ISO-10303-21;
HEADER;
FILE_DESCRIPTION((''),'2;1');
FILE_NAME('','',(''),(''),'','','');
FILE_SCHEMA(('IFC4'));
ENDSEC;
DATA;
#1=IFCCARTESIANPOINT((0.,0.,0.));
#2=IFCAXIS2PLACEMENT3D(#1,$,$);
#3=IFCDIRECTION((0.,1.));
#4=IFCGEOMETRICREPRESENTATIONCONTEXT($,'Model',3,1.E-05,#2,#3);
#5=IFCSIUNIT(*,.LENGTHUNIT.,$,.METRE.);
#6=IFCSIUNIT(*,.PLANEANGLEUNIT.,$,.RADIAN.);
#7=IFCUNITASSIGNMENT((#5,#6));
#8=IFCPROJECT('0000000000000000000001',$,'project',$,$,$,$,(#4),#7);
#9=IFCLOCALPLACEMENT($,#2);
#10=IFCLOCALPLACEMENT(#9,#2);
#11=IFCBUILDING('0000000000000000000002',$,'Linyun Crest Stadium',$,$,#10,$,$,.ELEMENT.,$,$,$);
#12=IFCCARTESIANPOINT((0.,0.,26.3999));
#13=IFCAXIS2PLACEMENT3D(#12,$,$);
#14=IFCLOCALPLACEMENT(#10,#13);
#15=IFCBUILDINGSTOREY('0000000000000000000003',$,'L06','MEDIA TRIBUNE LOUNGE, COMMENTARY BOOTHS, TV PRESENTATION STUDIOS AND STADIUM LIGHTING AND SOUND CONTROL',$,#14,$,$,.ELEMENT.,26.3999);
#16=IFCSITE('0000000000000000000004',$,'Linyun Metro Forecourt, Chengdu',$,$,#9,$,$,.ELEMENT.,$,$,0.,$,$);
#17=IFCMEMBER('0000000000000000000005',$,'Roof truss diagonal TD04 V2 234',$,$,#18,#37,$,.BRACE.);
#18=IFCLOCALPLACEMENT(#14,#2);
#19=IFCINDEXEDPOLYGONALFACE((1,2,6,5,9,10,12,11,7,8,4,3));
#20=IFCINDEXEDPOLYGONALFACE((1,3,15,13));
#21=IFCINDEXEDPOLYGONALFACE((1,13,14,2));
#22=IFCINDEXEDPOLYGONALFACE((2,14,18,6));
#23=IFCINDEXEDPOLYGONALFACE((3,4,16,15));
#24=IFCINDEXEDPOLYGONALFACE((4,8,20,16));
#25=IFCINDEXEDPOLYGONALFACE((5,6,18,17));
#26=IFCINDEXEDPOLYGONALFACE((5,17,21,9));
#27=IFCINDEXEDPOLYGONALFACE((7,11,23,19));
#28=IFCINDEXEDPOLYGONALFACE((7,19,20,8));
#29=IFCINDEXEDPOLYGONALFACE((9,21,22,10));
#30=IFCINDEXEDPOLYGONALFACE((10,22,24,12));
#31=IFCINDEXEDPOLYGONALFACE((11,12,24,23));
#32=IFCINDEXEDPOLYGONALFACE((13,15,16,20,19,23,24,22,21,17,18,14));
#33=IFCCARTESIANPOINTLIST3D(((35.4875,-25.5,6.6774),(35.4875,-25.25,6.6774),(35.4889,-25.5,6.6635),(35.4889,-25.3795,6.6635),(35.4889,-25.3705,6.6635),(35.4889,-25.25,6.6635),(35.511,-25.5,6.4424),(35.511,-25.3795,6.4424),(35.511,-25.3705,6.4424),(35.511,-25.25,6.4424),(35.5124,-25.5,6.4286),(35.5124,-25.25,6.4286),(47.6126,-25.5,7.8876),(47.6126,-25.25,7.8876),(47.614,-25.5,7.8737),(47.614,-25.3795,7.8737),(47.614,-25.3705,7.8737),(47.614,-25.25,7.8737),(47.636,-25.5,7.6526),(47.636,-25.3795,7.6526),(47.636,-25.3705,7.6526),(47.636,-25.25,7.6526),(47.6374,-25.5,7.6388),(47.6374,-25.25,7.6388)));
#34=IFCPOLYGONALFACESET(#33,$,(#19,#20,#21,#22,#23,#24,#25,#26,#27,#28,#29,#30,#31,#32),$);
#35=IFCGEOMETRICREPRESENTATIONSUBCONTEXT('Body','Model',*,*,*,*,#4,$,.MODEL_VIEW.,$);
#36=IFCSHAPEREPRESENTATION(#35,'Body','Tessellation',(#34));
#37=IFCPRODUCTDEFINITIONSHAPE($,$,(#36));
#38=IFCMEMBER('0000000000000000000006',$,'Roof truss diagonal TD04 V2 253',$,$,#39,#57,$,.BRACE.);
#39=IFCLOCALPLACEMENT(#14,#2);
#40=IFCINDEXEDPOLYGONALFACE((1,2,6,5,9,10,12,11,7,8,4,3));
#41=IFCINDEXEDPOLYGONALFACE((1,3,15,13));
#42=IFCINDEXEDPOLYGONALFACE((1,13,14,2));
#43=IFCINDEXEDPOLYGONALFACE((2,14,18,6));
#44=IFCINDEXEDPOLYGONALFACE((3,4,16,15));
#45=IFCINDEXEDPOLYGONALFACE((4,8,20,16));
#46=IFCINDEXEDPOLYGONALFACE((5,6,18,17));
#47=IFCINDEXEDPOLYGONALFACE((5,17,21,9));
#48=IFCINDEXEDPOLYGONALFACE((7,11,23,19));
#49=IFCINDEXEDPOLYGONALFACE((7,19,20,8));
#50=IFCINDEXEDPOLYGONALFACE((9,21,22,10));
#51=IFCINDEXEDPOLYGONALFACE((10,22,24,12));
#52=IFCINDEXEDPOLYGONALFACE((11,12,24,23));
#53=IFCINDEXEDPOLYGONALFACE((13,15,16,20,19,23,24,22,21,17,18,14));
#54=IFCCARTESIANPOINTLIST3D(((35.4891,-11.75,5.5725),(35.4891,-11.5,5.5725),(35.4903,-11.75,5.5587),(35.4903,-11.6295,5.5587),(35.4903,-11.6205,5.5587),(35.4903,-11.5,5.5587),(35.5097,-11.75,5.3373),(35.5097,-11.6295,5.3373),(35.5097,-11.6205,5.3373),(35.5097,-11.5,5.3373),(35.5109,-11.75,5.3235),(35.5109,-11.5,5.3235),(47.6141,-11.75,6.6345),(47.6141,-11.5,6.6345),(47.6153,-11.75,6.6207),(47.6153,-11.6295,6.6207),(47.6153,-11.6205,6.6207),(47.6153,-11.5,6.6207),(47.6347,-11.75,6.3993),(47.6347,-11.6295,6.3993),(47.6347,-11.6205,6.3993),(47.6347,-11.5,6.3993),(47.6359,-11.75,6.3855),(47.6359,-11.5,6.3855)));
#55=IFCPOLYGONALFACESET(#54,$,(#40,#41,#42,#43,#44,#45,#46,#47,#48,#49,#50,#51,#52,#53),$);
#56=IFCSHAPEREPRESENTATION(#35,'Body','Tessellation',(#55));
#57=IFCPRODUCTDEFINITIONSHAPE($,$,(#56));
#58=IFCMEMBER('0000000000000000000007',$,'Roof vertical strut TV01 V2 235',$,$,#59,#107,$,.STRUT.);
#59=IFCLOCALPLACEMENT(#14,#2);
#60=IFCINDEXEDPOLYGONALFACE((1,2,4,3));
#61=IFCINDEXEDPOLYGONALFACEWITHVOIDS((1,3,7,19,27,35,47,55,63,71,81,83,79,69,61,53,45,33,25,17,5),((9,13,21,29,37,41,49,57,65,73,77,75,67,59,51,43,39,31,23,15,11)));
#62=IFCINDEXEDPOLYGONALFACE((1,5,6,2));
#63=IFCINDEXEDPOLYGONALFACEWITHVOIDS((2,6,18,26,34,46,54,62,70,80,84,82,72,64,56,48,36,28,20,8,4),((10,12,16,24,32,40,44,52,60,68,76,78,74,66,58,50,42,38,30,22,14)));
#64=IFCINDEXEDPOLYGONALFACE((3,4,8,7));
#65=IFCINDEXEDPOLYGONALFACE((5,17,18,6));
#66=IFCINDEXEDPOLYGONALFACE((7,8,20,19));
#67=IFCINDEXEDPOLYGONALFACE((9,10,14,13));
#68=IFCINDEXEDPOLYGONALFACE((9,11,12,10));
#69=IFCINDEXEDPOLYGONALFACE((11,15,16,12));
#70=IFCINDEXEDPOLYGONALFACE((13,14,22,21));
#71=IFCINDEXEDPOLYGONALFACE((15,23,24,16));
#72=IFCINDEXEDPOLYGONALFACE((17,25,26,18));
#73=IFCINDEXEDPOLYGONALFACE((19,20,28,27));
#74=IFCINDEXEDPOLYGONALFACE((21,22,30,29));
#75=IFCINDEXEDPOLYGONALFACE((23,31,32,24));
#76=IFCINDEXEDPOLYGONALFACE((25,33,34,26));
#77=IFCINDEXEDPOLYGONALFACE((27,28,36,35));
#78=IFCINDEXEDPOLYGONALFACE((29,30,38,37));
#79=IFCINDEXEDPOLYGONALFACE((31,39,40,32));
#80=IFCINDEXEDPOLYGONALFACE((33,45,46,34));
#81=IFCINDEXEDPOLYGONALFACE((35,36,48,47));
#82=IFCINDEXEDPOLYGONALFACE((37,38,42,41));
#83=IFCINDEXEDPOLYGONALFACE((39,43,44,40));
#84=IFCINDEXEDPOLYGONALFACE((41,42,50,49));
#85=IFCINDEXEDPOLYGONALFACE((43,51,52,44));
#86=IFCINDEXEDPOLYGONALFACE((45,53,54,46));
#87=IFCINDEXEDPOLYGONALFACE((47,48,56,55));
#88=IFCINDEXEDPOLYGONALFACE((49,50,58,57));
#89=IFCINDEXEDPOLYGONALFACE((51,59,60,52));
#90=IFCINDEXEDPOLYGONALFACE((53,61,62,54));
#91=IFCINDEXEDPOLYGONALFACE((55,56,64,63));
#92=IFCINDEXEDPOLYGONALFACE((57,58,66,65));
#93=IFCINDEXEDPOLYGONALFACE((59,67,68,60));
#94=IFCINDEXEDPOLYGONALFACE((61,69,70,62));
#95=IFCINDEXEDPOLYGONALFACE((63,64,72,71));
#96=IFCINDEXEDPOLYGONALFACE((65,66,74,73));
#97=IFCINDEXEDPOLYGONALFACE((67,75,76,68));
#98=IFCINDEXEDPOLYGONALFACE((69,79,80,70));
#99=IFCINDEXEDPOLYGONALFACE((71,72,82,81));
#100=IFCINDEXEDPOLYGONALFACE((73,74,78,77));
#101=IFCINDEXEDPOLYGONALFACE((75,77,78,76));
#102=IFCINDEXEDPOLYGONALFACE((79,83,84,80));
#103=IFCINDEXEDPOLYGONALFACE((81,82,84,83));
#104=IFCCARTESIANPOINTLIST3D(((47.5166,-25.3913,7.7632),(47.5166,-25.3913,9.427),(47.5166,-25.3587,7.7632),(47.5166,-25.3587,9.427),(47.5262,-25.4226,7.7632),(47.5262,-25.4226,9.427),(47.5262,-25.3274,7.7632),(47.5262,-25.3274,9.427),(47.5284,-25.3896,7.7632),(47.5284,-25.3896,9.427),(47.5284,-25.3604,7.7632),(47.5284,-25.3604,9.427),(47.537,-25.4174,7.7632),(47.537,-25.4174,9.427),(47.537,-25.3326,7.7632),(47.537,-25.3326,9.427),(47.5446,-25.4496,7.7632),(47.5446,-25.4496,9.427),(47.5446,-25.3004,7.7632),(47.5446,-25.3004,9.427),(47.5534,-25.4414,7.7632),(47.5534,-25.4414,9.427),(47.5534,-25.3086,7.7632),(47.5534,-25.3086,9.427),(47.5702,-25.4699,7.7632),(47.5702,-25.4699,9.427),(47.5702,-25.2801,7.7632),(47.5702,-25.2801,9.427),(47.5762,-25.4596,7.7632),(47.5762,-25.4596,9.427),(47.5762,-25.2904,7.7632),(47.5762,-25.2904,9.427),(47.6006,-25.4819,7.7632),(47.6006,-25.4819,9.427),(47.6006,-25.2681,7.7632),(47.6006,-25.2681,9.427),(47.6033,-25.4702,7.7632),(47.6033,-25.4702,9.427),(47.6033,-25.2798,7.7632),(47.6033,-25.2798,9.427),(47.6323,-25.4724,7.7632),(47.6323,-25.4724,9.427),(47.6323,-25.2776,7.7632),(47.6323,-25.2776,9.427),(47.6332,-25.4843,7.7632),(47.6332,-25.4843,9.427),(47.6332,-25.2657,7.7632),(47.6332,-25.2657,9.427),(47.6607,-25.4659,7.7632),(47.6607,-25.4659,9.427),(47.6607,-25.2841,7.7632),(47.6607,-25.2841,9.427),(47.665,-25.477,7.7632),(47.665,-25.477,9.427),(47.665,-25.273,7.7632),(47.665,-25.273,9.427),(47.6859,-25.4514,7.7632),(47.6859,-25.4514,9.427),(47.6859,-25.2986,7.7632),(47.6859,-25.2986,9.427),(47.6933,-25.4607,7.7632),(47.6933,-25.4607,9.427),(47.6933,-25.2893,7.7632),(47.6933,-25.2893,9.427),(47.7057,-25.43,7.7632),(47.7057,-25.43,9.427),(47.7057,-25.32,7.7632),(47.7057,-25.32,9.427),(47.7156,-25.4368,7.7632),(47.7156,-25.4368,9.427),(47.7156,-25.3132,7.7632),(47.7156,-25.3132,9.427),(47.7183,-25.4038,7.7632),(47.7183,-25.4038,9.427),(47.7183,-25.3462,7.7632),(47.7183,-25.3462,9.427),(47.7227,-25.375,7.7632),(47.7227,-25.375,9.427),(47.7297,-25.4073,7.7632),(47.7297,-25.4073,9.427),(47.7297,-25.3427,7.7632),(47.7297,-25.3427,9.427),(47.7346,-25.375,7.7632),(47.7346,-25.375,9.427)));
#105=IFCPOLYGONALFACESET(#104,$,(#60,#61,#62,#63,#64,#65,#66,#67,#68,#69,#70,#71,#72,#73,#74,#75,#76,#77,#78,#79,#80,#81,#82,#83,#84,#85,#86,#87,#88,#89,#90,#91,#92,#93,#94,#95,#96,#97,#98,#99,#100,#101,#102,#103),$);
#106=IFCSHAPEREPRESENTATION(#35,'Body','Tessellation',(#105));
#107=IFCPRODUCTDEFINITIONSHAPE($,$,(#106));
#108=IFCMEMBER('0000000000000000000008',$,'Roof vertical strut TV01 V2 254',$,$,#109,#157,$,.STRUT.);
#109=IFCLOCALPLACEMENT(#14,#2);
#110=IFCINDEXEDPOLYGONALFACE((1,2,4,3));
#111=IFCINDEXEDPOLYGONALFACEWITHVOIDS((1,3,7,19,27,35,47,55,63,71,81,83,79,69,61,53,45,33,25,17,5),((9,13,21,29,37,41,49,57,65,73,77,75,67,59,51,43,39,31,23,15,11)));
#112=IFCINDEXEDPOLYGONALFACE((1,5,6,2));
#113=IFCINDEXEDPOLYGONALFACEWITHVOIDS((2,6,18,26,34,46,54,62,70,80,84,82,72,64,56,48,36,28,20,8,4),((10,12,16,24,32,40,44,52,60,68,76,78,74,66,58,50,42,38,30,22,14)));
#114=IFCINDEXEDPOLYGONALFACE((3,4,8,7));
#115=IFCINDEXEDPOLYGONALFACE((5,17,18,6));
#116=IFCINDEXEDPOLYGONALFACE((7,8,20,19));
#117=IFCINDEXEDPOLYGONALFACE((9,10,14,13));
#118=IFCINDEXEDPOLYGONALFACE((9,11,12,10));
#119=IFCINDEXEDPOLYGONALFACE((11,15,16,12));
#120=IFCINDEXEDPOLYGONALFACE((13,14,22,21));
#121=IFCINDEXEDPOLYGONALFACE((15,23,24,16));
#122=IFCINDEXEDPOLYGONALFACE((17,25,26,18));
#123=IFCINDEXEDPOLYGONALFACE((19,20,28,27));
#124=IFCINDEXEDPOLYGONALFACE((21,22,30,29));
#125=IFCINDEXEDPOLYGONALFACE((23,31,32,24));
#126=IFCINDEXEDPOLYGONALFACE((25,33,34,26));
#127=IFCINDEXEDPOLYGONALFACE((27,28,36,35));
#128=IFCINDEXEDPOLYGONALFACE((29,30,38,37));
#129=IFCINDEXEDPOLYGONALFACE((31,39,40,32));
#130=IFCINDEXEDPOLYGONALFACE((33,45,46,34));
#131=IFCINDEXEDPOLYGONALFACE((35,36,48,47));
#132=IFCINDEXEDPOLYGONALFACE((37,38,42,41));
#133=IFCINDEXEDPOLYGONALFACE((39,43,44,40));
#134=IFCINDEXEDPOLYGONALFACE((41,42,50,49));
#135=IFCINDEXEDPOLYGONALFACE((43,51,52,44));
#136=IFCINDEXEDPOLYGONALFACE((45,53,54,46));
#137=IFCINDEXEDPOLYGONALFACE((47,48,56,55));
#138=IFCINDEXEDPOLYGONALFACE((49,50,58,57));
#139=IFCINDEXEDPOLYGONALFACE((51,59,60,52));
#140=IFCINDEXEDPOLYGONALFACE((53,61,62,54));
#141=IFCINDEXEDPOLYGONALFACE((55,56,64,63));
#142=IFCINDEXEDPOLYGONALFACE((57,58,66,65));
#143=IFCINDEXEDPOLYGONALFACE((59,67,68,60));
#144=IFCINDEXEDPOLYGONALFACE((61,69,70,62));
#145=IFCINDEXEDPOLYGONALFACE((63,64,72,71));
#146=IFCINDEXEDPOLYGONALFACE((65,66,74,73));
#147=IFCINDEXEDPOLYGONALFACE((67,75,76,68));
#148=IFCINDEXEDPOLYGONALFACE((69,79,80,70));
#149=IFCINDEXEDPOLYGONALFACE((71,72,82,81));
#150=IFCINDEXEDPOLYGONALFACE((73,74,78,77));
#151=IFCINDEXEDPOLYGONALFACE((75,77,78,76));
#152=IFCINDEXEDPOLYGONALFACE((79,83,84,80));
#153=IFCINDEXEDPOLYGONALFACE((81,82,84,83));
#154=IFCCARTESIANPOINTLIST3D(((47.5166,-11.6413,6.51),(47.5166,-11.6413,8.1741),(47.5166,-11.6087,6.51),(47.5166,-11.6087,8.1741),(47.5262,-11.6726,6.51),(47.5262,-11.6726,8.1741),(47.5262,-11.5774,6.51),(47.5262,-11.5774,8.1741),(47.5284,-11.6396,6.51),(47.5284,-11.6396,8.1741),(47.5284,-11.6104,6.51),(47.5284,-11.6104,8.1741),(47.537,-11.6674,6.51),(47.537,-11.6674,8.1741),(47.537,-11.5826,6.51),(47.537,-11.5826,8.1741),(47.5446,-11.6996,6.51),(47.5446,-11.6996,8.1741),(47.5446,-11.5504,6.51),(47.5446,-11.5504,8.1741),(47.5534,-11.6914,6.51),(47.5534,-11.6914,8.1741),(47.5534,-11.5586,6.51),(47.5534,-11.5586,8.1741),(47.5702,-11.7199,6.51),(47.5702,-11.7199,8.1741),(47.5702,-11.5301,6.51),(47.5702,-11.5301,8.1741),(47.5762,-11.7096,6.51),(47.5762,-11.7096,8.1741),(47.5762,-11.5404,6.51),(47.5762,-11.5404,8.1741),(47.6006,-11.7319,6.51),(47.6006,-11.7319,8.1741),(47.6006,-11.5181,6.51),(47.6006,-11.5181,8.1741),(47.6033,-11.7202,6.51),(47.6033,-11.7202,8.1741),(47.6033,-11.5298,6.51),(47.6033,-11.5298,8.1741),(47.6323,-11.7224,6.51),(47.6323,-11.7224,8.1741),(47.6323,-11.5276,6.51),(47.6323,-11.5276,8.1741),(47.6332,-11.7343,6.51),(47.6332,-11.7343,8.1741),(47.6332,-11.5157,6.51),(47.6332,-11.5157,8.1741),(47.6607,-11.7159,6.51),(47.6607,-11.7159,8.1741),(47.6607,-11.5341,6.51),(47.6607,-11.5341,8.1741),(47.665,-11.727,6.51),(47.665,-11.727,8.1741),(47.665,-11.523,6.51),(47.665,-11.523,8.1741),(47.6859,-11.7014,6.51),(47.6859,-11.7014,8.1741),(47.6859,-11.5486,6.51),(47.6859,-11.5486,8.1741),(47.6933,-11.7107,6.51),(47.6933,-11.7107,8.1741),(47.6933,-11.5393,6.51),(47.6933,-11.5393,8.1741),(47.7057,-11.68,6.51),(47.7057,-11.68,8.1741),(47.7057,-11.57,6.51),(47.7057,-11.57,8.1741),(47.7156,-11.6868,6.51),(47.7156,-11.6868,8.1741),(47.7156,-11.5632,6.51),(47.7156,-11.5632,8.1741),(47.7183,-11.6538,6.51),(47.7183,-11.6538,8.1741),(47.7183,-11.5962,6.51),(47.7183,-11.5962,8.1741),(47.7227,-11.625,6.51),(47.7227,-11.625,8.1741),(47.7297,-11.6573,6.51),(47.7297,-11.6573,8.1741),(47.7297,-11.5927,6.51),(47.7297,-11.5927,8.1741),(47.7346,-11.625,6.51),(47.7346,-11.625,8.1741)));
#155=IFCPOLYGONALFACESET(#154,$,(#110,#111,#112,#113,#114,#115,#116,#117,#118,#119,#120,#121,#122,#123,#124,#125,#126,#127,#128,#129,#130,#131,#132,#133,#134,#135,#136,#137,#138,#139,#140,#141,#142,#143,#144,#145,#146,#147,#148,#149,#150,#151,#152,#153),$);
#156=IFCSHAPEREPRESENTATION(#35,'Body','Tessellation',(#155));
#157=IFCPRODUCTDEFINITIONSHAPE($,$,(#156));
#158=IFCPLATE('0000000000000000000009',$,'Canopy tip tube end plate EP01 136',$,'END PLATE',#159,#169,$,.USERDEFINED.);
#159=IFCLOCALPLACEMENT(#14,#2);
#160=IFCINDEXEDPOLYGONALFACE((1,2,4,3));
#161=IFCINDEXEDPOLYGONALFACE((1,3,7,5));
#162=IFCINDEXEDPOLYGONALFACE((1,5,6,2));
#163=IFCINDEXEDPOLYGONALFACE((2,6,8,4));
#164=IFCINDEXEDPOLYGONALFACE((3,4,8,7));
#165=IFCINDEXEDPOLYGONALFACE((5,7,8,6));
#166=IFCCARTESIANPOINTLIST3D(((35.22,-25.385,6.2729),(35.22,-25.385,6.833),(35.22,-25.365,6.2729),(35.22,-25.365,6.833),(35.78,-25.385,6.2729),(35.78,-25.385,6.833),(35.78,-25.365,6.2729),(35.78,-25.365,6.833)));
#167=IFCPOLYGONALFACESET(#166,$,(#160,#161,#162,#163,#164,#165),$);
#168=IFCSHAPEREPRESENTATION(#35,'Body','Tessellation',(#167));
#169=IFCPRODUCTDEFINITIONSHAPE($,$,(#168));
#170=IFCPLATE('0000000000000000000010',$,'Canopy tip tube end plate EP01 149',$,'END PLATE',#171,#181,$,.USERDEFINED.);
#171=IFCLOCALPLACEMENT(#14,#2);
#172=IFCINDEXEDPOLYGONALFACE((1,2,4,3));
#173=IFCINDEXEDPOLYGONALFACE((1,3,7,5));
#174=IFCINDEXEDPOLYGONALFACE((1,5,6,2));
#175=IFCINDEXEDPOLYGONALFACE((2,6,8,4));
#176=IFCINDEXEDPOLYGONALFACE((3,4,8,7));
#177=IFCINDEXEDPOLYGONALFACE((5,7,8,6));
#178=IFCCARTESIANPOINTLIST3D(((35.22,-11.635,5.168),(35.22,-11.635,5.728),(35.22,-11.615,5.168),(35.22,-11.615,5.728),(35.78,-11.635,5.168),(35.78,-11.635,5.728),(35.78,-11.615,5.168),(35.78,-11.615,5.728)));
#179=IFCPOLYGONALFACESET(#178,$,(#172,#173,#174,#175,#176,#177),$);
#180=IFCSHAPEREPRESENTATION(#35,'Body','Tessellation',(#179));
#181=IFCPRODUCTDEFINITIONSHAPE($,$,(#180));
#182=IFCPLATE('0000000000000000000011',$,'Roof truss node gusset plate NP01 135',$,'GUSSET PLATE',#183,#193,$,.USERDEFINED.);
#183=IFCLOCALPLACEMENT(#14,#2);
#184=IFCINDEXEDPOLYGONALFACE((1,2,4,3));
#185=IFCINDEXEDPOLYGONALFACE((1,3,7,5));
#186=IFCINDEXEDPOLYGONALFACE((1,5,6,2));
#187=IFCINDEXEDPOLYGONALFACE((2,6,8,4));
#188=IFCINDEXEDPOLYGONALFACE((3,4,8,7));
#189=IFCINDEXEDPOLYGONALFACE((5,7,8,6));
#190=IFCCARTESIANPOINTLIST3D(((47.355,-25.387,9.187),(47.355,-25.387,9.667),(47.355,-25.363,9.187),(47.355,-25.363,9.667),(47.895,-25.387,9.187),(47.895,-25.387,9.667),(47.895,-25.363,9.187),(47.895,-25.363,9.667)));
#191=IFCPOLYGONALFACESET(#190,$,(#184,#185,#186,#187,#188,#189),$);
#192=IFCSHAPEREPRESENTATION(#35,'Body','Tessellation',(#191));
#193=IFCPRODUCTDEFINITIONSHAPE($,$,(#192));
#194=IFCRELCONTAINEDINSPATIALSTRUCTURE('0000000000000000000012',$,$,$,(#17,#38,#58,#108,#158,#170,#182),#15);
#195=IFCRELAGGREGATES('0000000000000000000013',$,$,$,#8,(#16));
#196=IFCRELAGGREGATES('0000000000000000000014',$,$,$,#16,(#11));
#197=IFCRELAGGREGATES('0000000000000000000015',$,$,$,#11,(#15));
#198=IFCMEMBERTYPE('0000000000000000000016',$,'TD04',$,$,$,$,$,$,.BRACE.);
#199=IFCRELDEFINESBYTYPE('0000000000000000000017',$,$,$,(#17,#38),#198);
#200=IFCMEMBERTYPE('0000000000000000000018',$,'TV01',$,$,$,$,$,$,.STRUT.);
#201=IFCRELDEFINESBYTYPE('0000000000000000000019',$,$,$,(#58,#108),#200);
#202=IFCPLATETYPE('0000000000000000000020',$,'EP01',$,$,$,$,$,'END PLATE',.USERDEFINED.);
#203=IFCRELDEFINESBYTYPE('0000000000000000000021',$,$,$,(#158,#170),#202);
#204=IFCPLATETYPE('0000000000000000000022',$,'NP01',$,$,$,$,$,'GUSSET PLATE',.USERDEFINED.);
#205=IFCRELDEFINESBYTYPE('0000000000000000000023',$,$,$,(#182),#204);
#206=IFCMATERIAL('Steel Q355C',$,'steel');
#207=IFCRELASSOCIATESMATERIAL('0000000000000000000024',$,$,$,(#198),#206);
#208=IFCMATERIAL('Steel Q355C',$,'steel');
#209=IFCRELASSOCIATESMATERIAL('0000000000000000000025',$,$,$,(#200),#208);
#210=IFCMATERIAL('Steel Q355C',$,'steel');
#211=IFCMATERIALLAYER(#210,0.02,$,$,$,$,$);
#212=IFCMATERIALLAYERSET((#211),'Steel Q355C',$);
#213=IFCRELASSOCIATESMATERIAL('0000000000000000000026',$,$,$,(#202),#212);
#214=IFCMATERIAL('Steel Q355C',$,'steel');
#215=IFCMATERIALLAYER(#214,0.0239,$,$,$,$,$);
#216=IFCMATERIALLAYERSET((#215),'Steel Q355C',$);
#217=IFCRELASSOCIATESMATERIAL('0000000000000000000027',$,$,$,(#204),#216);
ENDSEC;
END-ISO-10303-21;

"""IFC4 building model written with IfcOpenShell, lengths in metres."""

from ifc_helpers import new_model, si_unit, direction, frame, origin, origin_2d, place, context, subcontext, project, spatial, rectangle, hollow_circle, i_section, extrude, material, layer, layer_set, material_profile, profile_set, type_object, element, save


model = new_model("IFC4")

# Units and contexts
model_context = context("Model", 3, precision=1e-05, world=origin(), true_north=direction((0.0, 1.0)))
body_context = subcontext(model_context, "Body", "Model", "MODEL_VIEW")
ifc_project = project(units=[si_unit("LENGTHUNIT", "METRE"), si_unit("PLANEANGLEUNIT", "RADIAN")], contexts=[model_context])

# Site, building, storey
site_placement = place(None, origin())
site = spatial("IfcSite", under=ifc_project, at=site_placement, Name="Linyun Metro Forecourt, Chengdu", CompositionType="ELEMENT", RefElevation=0.0)
building_placement = place(site_placement, origin())
building = spatial("IfcBuilding", under=site, at=building_placement, Name="Linyun Crest Stadium", CompositionType="ELEMENT")
storey_placement = place(building_placement, frame((0.0, 0.0, 26.3999)))
storey = spatial("IfcBuildingStorey", under=building, at=storey_placement, Name="L06", Description="MEDIA TRIBUNE LOUNGE, COMMENTARY BOOTHS, TV PRESENTATION STUDIOS AND STADIUM LIGHTING AND SOUND CONTROL", CompositionType="ELEMENT", Elevation=26.3999)

# Members
ifc_material_1 = material(Name="Steel Q355C", Category="steel")
ifc_material_profile_1 = material_profile(ifc_material_1, i_section(OverallWidth=0.25, OverallDepth=0.25, WebThickness=0.009, FlangeThickness=0.0139, at=origin_2d()), Name="HW 250x250")
ifc_profile_set_1 = profile_set([ifc_material_profile_1], Name="Steel Q355C")
member_type_1 = type_object("IfcMemberType", Name="TD04", PredefinedType="BRACE", material=ifc_profile_set_1)
member_1_placement = place(storey_placement, frame((47.625, -25.375, 7.7632), z_axis=(-0.995056, 0.0, -0.099317), x_axis=(0.0, -1.0, 0.0)))
element("IfcMember", 1, at=member_1_placement, inside=storey, type_object=member_type_1, Name="Roof truss diagonal TD04 V2 234", PredefinedType="BRACE", context=body_context, shape_type="SweptSolid", body=[
    extrude(i_section(OverallWidth=0.25, OverallDepth=0.25, WebThickness=0.009, FlangeThickness=0.0139, at=origin_2d()), origin(), (0.0, 0.0, 1.0), 12.1853),
])
member_2_placement = place(storey_placement, frame((47.625, -11.625, 6.51), z_axis=(-0.996186, 0.0, -0.087255), x_axis=(0.0, -1.0, 0.0)))
element("IfcMember", 2, at=member_2_placement, inside=storey, type_object=member_type_1, Name="Roof truss diagonal TD04 V2 253", PredefinedType="BRACE", context=body_context, shape_type="SweptSolid", body=[
    extrude(i_section(OverallWidth=0.25, OverallDepth=0.25, WebThickness=0.009, FlangeThickness=0.0139, at=origin_2d()), origin(), (0.0, 0.0, 1.0), 12.1714),
])
ifc_material_2 = material(Name="Steel Q355C", Category="steel")
ifc_material_profile_2 = material_profile(ifc_material_2, hollow_circle(Radius=0.1096, WallThickness=0.012, at=origin_2d()), Name="CHS 219x12")
ifc_profile_set_2 = profile_set([ifc_material_profile_2], Name="Steel Q355C")
member_type_2 = type_object("IfcMemberType", Name="TV01", PredefinedType="STRUT", material=ifc_profile_set_2)
member_3_placement = place(storey_placement, frame((47.625, -25.375, 7.7632), z_axis=(0.0, 0.0, 1.0), x_axis=(1.0, 0.0, 0.0)))
element("IfcMember", 3, at=member_3_placement, inside=storey, type_object=member_type_2, Name="Roof vertical strut TV01 V2 235", PredefinedType="STRUT", context=body_context, shape_type="SweptSolid", body=[
    extrude(hollow_circle(Radius=0.1096, WallThickness=0.012, at=origin_2d()), origin(), (0.0, 0.0, 1.0), 1.6638),
])
member_4_placement = place(storey_placement, frame((47.625, -11.625, 6.51), z_axis=(0.0, 0.0, 1.0), x_axis=(1.0, 0.0, 0.0)))
element("IfcMember", 4, at=member_4_placement, inside=storey, type_object=member_type_2, Name="Roof vertical strut TV01 V2 254", PredefinedType="STRUT", context=body_context, shape_type="SweptSolid", body=[
    extrude(hollow_circle(Radius=0.1096, WallThickness=0.012, at=origin_2d()), origin(), (0.0, 0.0, 1.0), 1.6641),
])

# Plates
ifc_material_3 = material(Name="Steel Q355C", Category="steel")
ifc_layer_1 = layer(ifc_material_3, 0.02)
ifc_layer_set_1 = layer_set([ifc_layer_1], Name="Steel Q355C")
plate_type_1 = type_object("IfcPlateType", Name="EP01", ElementType="END PLATE", PredefinedType="USERDEFINED", material=ifc_layer_set_1)
for number, where, z_axis, x_axis, name in (
    (5, (35.5, -25.375, 6.2729), (0.0, 0.0, 1.0), (1.0, 0.0, 0.0), "Canopy tip tube end plate EP01 136"),
    (6, (35.5, -11.625, 5.168), (0.0, 0.0, 1.0), (1.0, 0.0, 0.0), "Canopy tip tube end plate EP01 149"),
):
    element("IfcPlate", number, at=place(storey_placement, frame(where, z_axis=z_axis, x_axis=x_axis)), inside=storey, type_object=plate_type_1, Name=name, ObjectType="END PLATE", PredefinedType="USERDEFINED", context=body_context, shape_type="SweptSolid", body=[
        extrude(rectangle(XDim=0.5601, YDim=0.02, at=origin_2d()), origin(), (0.0, 0.0, 1.0), 0.5601),
    ])
ifc_material_4 = material(Name="Steel Q355C", Category="steel")
ifc_layer_2 = layer(ifc_material_4, 0.0239)
ifc_layer_set_2 = layer_set([ifc_layer_2], Name="Steel Q355C")
plate_type_2 = type_object("IfcPlateType", Name="NP01", ElementType="GUSSET PLATE", PredefinedType="USERDEFINED", material=ifc_layer_set_2)
plate_placement = place(storey_placement, frame((47.625, -25.375, 9.187), z_axis=(0.0, 0.0, 1.0), x_axis=(1.0, 0.0, 0.0)))
element("IfcPlate", 7, at=plate_placement, inside=storey, type_object=plate_type_2, Name="Roof truss node gusset plate NP01 135", ObjectType="GUSSET PLATE", PredefinedType="USERDEFINED", context=body_context, shape_type="SweptSolid", body=[
    extrude(rectangle(XDim=0.54, YDim=0.0239, at=origin_2d()), origin(), (0.0, 0.0, 1.0), 0.48),
])

save(model, "model.ifc")
